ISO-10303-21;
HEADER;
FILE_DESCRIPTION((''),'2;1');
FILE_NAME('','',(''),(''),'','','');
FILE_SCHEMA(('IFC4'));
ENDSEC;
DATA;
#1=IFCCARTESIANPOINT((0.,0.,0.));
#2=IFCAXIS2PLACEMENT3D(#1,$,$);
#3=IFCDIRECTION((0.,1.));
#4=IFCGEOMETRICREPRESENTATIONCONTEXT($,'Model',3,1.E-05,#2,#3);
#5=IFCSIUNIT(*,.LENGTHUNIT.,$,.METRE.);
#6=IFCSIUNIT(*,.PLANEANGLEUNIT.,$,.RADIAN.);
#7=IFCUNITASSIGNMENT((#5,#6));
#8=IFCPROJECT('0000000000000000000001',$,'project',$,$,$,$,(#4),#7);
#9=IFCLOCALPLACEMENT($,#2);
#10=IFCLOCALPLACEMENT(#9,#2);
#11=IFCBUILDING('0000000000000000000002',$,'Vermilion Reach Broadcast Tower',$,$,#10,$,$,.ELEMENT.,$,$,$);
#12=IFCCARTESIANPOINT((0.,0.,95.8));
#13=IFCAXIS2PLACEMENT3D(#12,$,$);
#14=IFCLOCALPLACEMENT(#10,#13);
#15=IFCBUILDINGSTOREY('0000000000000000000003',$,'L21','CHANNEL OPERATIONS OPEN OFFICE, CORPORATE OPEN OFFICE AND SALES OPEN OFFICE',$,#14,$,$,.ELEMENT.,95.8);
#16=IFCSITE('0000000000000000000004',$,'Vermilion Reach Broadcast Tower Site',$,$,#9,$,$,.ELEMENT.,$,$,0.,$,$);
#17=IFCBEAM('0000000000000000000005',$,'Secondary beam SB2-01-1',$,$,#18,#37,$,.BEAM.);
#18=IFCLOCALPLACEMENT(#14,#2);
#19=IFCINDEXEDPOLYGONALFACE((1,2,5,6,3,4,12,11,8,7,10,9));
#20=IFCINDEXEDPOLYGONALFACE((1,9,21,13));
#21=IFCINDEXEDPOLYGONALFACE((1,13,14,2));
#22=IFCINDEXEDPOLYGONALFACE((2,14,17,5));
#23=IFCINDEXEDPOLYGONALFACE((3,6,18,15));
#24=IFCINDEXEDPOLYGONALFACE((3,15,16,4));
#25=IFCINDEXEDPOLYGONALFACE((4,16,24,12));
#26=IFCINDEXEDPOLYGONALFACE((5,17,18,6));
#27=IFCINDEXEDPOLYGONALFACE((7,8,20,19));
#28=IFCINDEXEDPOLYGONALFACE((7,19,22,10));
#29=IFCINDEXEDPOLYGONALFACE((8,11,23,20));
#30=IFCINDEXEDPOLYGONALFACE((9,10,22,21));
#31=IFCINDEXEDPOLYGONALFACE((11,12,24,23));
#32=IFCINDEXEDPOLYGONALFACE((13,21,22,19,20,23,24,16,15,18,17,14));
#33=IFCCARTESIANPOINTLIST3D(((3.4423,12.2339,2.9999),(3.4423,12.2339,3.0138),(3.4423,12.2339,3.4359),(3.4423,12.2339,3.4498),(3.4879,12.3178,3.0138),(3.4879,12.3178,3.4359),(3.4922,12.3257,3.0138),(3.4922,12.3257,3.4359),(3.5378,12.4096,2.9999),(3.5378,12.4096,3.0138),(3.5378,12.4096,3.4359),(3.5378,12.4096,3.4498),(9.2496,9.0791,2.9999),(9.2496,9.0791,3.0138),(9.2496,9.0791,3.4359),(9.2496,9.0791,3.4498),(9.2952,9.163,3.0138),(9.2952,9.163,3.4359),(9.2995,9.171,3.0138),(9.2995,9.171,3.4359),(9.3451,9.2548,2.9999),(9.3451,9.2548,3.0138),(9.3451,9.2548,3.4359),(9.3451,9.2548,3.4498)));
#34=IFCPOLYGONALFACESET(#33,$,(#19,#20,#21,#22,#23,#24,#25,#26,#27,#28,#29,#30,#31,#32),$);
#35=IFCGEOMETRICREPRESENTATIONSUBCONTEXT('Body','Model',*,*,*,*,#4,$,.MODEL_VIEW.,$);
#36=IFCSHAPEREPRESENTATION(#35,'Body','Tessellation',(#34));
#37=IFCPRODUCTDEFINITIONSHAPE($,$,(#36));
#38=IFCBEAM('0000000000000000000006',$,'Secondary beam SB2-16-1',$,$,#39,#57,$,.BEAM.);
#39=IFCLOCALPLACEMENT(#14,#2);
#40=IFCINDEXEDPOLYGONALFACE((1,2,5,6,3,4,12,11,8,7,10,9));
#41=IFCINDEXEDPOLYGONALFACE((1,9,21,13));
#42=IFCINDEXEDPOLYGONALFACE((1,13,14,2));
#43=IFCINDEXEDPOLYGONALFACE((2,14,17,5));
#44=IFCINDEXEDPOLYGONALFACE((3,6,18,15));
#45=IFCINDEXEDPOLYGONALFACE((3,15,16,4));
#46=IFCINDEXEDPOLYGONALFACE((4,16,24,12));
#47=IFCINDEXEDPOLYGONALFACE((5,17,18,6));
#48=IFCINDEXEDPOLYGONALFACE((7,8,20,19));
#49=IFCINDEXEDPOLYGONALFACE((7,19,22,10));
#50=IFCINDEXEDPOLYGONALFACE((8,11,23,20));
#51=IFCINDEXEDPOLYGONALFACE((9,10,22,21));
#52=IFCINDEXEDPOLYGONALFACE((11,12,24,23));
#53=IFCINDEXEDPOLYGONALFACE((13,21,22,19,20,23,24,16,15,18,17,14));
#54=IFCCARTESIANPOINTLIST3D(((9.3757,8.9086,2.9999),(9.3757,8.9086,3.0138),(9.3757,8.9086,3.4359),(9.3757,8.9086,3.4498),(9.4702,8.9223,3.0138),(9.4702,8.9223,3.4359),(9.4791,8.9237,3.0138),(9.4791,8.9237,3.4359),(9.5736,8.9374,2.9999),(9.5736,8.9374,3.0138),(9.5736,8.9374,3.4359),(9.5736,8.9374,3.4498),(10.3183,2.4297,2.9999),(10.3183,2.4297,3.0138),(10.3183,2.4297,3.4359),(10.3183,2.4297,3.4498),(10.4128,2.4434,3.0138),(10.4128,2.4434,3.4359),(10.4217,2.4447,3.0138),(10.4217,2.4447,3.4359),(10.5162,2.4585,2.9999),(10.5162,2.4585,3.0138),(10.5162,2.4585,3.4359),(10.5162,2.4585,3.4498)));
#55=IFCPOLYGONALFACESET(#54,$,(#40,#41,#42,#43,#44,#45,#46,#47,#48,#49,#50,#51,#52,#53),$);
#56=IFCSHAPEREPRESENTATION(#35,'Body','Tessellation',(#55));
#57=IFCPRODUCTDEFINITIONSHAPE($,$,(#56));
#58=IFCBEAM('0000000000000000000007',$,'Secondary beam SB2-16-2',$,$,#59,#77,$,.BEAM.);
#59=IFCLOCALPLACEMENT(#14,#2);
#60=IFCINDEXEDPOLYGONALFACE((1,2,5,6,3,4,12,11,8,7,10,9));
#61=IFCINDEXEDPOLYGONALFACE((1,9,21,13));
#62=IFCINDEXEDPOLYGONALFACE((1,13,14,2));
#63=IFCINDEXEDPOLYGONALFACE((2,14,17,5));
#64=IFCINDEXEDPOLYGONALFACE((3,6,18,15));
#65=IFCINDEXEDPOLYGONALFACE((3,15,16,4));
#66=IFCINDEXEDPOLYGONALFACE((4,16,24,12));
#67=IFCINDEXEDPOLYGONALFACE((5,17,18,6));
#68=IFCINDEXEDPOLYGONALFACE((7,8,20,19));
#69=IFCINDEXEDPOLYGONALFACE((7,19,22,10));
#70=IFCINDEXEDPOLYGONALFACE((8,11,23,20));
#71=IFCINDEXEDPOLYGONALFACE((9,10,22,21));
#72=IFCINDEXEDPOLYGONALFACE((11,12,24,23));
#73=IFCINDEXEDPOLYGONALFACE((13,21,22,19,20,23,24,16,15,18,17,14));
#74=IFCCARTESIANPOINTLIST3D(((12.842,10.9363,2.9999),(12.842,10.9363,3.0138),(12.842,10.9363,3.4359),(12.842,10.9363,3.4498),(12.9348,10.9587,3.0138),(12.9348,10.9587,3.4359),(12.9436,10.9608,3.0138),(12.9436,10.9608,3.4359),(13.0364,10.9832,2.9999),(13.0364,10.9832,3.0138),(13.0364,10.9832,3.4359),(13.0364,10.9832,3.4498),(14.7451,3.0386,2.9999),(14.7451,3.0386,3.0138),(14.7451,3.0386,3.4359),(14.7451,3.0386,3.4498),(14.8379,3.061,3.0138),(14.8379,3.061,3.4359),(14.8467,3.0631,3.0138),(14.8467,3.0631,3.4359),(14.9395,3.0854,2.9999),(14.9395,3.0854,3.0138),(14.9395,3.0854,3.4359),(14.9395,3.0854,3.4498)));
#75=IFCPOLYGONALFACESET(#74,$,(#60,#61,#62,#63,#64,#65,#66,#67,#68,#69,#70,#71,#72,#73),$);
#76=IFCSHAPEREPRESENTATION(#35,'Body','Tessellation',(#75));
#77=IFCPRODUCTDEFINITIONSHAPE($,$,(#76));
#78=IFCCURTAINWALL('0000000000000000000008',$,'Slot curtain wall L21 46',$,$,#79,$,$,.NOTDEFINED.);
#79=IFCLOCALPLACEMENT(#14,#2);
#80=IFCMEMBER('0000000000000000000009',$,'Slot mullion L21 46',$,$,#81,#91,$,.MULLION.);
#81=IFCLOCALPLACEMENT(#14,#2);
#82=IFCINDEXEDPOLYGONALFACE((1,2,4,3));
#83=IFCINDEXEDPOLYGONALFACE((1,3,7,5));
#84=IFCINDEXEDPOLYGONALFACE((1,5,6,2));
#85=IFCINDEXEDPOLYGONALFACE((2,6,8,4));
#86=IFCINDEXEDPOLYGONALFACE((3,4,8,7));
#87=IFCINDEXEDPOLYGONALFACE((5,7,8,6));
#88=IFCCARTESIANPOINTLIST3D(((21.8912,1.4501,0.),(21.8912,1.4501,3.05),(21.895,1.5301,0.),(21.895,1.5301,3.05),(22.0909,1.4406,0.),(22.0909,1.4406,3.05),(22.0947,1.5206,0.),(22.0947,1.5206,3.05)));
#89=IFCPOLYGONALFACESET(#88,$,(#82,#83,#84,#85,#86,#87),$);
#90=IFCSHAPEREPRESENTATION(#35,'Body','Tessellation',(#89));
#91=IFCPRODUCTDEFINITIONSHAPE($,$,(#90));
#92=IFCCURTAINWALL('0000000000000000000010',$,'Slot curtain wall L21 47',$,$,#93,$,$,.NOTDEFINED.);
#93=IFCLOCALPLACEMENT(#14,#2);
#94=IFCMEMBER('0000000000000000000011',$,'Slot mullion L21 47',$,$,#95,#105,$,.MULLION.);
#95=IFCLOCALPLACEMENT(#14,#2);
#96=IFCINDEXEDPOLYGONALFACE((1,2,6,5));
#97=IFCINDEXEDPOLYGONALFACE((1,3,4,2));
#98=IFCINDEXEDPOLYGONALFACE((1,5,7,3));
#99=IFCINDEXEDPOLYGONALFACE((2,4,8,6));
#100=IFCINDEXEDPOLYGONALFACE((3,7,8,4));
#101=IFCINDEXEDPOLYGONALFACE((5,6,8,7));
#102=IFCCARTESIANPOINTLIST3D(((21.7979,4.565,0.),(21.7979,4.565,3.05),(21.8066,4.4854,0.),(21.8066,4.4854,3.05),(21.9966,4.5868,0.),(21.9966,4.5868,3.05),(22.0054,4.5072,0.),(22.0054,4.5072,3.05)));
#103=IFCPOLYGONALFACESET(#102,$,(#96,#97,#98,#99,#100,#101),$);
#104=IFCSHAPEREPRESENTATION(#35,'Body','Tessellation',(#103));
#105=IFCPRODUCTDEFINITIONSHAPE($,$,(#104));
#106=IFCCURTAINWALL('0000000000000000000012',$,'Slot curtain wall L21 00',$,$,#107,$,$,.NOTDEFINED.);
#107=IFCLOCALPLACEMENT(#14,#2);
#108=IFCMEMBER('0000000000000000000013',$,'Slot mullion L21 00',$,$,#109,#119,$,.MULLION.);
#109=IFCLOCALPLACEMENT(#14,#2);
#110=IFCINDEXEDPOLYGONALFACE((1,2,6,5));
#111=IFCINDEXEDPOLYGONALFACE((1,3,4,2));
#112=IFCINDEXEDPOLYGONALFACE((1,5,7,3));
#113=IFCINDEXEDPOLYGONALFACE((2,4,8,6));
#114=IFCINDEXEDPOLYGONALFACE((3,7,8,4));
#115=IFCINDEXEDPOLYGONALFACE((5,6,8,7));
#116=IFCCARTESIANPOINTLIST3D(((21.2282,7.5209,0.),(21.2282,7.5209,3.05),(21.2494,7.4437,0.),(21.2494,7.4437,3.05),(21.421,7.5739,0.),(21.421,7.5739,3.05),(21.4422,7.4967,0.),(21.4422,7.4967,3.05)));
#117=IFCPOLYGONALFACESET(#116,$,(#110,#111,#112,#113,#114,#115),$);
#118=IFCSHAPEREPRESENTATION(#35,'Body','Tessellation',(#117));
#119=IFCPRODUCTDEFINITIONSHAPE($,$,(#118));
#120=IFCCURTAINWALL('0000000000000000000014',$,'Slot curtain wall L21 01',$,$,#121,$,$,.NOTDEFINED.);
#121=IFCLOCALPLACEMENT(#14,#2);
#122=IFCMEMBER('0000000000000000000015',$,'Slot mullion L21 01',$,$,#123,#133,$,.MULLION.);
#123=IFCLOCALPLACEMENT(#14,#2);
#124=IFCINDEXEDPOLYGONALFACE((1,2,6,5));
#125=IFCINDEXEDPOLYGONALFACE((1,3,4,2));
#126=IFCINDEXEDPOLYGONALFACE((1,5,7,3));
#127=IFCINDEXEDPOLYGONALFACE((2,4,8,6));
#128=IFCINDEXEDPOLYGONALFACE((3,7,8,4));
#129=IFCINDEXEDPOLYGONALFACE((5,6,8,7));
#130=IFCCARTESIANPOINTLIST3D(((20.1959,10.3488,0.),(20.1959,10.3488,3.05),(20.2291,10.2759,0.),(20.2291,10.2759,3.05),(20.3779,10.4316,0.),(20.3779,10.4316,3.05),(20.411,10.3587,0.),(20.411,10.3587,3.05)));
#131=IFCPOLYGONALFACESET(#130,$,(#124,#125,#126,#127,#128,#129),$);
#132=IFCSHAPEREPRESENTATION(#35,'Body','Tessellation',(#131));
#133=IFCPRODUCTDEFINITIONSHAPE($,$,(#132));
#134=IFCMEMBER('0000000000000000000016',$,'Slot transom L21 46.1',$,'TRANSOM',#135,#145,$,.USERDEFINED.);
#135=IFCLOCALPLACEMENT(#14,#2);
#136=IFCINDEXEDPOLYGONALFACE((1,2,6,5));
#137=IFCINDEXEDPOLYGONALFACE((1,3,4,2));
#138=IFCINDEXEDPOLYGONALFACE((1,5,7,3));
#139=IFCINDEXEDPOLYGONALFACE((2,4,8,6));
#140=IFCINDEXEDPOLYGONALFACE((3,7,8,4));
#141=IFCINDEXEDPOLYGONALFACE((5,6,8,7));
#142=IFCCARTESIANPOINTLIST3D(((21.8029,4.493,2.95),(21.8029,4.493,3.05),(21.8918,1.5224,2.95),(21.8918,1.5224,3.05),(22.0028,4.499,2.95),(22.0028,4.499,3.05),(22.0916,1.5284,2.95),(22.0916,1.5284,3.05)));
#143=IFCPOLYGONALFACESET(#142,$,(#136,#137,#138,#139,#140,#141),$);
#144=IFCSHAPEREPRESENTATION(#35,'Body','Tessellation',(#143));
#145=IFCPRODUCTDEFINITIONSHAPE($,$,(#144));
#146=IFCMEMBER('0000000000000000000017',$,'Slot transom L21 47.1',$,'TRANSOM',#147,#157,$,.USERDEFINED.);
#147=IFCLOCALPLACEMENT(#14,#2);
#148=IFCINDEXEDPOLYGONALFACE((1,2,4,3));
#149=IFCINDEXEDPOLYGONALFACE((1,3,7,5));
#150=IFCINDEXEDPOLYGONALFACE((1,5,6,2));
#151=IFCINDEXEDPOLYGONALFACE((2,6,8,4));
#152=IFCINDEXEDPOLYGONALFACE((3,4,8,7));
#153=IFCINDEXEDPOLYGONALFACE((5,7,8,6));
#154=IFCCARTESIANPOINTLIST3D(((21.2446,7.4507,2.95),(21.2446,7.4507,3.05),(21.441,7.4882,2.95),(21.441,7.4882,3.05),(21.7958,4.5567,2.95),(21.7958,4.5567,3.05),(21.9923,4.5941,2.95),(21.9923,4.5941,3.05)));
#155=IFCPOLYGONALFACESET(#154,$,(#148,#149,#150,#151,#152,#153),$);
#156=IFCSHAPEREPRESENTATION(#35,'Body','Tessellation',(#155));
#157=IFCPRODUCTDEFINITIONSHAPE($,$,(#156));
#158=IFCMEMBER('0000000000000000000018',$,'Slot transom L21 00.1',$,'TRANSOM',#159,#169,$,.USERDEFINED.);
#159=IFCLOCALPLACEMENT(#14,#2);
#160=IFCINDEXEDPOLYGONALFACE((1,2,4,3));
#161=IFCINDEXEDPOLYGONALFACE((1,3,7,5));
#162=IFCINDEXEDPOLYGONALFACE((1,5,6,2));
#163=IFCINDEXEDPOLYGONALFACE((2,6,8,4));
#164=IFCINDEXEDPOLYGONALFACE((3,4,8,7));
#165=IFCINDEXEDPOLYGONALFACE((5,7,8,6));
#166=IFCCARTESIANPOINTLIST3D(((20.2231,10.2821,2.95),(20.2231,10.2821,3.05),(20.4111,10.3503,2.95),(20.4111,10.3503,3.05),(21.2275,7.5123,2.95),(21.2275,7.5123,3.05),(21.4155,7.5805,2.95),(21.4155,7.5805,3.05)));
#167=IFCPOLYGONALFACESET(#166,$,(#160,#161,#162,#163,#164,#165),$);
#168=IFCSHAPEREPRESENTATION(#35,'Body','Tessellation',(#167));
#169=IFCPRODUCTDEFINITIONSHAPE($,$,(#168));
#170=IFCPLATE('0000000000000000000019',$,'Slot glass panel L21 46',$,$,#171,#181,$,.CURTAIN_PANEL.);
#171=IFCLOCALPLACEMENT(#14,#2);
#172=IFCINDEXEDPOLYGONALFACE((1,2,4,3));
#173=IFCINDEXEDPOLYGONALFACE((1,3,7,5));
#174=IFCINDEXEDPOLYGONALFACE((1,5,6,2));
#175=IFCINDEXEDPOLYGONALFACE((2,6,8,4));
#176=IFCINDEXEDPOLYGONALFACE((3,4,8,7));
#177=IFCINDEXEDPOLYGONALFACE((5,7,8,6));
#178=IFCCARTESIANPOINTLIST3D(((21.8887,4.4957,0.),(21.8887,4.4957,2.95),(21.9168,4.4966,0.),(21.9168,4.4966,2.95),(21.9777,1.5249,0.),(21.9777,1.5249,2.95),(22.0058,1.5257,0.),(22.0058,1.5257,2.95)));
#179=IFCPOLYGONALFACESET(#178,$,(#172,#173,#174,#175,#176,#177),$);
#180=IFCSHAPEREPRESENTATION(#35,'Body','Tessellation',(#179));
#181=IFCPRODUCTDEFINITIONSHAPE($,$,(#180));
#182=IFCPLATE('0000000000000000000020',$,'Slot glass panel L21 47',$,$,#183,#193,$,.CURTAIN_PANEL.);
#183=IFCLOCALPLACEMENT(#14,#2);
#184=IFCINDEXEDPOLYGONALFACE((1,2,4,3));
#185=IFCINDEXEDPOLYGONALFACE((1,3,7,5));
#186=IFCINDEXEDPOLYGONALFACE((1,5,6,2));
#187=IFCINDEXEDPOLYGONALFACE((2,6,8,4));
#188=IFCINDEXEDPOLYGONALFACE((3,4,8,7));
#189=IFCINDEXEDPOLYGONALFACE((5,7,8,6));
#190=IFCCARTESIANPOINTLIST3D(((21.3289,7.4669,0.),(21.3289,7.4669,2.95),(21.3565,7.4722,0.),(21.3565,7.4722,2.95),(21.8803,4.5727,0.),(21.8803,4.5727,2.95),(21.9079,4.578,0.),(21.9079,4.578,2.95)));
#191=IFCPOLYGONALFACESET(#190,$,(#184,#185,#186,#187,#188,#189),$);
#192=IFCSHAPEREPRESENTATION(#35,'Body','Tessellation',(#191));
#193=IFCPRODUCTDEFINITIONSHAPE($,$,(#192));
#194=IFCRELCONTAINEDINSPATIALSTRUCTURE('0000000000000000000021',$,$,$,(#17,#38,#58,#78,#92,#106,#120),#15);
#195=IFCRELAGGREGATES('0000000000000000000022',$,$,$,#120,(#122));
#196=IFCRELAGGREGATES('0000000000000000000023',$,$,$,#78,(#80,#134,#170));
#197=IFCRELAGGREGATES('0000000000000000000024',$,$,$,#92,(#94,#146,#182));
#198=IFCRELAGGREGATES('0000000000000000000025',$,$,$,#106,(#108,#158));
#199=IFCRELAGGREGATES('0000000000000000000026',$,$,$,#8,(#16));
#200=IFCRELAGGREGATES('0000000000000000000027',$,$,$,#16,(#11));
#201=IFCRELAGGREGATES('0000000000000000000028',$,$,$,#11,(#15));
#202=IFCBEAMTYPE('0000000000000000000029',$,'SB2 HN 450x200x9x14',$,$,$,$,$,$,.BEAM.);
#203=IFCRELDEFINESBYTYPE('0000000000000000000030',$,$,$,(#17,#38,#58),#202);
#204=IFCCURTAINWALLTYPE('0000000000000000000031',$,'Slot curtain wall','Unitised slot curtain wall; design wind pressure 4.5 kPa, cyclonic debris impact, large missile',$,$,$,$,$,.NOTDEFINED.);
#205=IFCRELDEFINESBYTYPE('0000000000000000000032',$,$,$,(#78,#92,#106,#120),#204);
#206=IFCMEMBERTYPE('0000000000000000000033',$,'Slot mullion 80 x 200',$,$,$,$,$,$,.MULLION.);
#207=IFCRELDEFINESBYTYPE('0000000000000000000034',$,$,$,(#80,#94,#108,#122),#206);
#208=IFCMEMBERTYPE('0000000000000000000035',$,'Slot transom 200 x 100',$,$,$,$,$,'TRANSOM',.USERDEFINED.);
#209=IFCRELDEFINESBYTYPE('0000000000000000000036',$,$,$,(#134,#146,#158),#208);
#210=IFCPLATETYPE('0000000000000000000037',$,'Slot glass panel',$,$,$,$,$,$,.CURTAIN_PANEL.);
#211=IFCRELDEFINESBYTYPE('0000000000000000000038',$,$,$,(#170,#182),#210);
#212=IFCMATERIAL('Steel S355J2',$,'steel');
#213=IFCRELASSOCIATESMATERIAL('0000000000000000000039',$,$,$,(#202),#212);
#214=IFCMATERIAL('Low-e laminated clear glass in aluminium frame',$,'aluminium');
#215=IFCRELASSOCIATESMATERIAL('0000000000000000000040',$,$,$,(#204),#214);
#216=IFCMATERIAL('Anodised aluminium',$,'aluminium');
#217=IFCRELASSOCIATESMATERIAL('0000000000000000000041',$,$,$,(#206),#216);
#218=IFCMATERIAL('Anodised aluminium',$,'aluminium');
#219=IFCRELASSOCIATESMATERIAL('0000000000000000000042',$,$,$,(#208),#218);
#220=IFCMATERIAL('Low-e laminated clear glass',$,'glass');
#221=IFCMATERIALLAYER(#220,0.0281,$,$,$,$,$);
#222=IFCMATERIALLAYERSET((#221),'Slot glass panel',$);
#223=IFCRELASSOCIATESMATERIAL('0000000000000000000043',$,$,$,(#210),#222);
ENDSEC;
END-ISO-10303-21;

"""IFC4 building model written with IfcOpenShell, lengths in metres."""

from ifc_helpers import new_model, si_unit, direction, frame, origin, origin_2d, place, context, subcontext, project, spatial, rectangle, i_section, extrude, material, layer, layer_set, material_profile, profile_set, type_object, element, aggregate, save


model = new_model("IFC4")

# Units and contexts
model_context = context("Model", 3, precision=1e-05, world=origin(), true_north=direction((0.0, 1.0)))
body_context = subcontext(model_context, "Body", "Model", "MODEL_VIEW")
ifc_project = project(units=[si_unit("LENGTHUNIT", "METRE"), si_unit("PLANEANGLEUNIT", "RADIAN")], contexts=[model_context])

# Site, building, storey
site_placement = place(None, origin())
site = spatial("IfcSite", under=ifc_project, at=site_placement, Name="Vermilion Reach Broadcast Tower Site", CompositionType="ELEMENT", RefElevation=0.0)
building_placement = place(site_placement, origin())
building = spatial("IfcBuilding", under=site, at=building_placement, Name="Vermilion Reach Broadcast Tower", CompositionType="ELEMENT")
storey_placement = place(building_placement, frame((0.0, 0.0, 95.8)))
storey = spatial("IfcBuildingStorey", under=building, at=storey_placement, Name="L21", Description="CHANNEL OPERATIONS OPEN OFFICE, CORPORATE OPEN OFFICE AND SALES OPEN OFFICE", CompositionType="ELEMENT", Elevation=95.8)

# Beams
ifc_material_1 = material(Name="Steel S355J2", Category="steel")
ifc_material_profile_1 = material_profile(ifc_material_1, i_section(OverallWidth=0.2, OverallDepth=0.45, WebThickness=0.009, FlangeThickness=0.0139, at=origin_2d()), Name="S355J2 HN 450x200x9x14")
ifc_profile_set_1 = profile_set([ifc_material_profile_1], Name="Steel S355J2")
beam_type_1 = type_object("IfcBeamType", Name="SB2 HN 450x200x9x14", PredefinedType="BEAM", material=ifc_profile_set_1)
beam_1_placement = place(storey_placement, frame((9.2974, 9.167, 3.2249), z_axis=(-0.878713, 0.47735, 0.0), x_axis=(-0.47735, -0.878713, 0.0)))
element("IfcBeam", 1, at=beam_1_placement, inside=storey, type_object=beam_type_1, Name="Secondary beam SB2-01-1", PredefinedType="BEAM", context=body_context, shape_type="SweptSolid", body=[
    extrude(i_section(OverallWidth=0.2, OverallDepth=0.45, WebThickness=0.009, FlangeThickness=0.0139, at=origin_2d()), origin(), (0.0, 0.0, 1.0), 6.6089),
])
beam_2_placement = place(storey_placement, frame((10.4172, 2.4441, 3.2249), z_axis=(-0.143974, 0.989582, 0.0), x_axis=(-0.989582, -0.143974, 0.0)))
element("IfcBeam", 2, at=beam_2_placement, inside=storey, type_object=beam_type_1, Name="Secondary beam SB2-16-1", PredefinedType="BEAM", context=body_context, shape_type="SweptSolid", body=[
    extrude(i_section(OverallWidth=0.2, OverallDepth=0.45, WebThickness=0.009, FlangeThickness=0.0139, at=origin_2d()), origin(), (0.0, 0.0, 1.0), 6.5471),
])
beam_3_placement = place(storey_placement, frame((14.8423, 3.062, 3.2249), z_axis=(-0.234261, 0.972174, 0.0), x_axis=(-0.972174, -0.234261, 0.0)))
element("IfcBeam", 3, at=beam_3_placement, inside=storey, type_object=beam_type_1, Name="Secondary beam SB2-16-2", PredefinedType="BEAM", context=body_context, shape_type="SweptSolid", body=[
    extrude(i_section(OverallWidth=0.2, OverallDepth=0.45, WebThickness=0.009, FlangeThickness=0.0139, at=origin_2d()), origin(), (0.0, 0.0, 1.0), 8.1238),
])

# Curtain walls, members
ifc_material_2 = material(Name="Low-e laminated clear glass in aluminium frame", Category="aluminium")
curtain_wall_type = type_object("IfcCurtainWallType", Name="Slot curtain wall", Description="Unitised slot curtain wall; design wind pressure 4.5 kPa, cyclonic debris impact, large missile", PredefinedType="NOTDEFINED", material=ifc_material_2)
placement = place(storey_placement, origin())
curtain_wall_1 = element("IfcCurtainWall", 4, at=placement, inside=storey, type_object=curtain_wall_type, Name="Slot curtain wall L21 46", PredefinedType="NOTDEFINED")
ifc_material_3 = material(Name="Anodised aluminium", Category="aluminium")
ifc_material_profile_2 = material_profile(ifc_material_3, rectangle(XDim=0.2, YDim=0.0801, at=origin_2d()), Name="Slot mullion 80 x 200")
ifc_profile_set_2 = profile_set([ifc_material_profile_2], Name="Anodised aluminium")
member_type_1 = type_object("IfcMemberType", Name="Slot mullion 80 x 200", PredefinedType="MULLION", material=ifc_profile_set_2)
member_1_placement = place(storey_placement, frame((21.9929, 1.4854, 0.0), z_axis=(0.0, 0.0, 1.0), x_axis=(-0.998879, 0.047341, 0.0)))
member_1 = element("IfcMember", 5, at=member_1_placement, type_object=member_type_1, Name="Slot mullion L21 46", PredefinedType="MULLION", context=body_context, shape_type="SweptSolid", body=[
    extrude(rectangle(XDim=0.2, YDim=0.0801, at=origin_2d()), origin(), (0.0, 0.0, 1.0), 3.05),
])
curtain_wall_2 = element("IfcCurtainWall", 6, at=placement, inside=storey, type_object=curtain_wall_type, Name="Slot curtain wall L21 47", PredefinedType="NOTDEFINED")
member_2_placement = place(storey_placement, frame((21.9016, 4.5361, 0.0), z_axis=(0.0, 0.0, 1.0), x_axis=(-0.994054, -0.108886, 0.0)))
member_2 = element("IfcMember", 7, at=member_2_placement, type_object=member_type_1, Name="Slot mullion L21 47", PredefinedType="MULLION", context=body_context, shape_type="SweptSolid", body=[
    extrude(rectangle(XDim=0.2, YDim=0.0801, at=origin_2d()), origin(), (0.0, 0.0, 1.0), 3.05),
])
curtain_wall_3 = element("IfcCurtainWall", 8, at=placement, inside=storey, type_object=curtain_wall_type, Name="Slot curtain wall L21 00", PredefinedType="NOTDEFINED")
member_3_placement = place(storey_placement, frame((21.3352, 7.5088, 0.0), z_axis=(0.0, 0.0, 1.0), x_axis=(-0.964281, -0.264883, 0.0)))
member_3 = element("IfcMember", 9, at=member_3_placement, type_object=member_type_1, Name="Slot mullion L21 00", PredefinedType="MULLION", context=body_context, shape_type="SweptSolid", body=[
    extrude(rectangle(XDim=0.2, YDim=0.0801, at=origin_2d()), origin(), (0.0, 0.0, 1.0), 3.05),
])
curtain_wall_4 = element("IfcCurtainWall", 10, at=placement, inside=storey, type_object=curtain_wall_type, Name="Slot curtain wall L21 01", PredefinedType="NOTDEFINED")
member_4_placement = place(storey_placement, frame((20.3035, 10.3538, 0.0), z_axis=(0.0, 0.0, 1.0), x_axis=(-0.910186, -0.414199, 0.0)))
member_4 = element("IfcMember", 11, at=member_4_placement, type_object=member_type_1, Name="Slot mullion L21 01", PredefinedType="MULLION", context=body_context, shape_type="SweptSolid", body=[
    extrude(rectangle(XDim=0.2, YDim=0.0801, at=origin_2d()), origin(), (0.0, 0.0, 1.0), 3.05),
])
aggregate(curtain_wall_4, [member_4])

# Members
ifc_material_4 = material(Name="Anodised aluminium", Category="aluminium")
ifc_material_profile_3 = material_profile(ifc_material_4, rectangle(XDim=0.2, YDim=0.1001, at=origin_2d()), Name="Slot transom 200 x 100")
ifc_profile_set_3 = profile_set([ifc_material_profile_3], Name="Anodised aluminium")
member_type_2 = type_object("IfcMemberType", Name="Slot transom 200 x 100", ElementType="TRANSOM", PredefinedType="USERDEFINED", material=ifc_profile_set_3)
member_5_placement = place(storey_placement, frame((21.9917, 1.5254, 3.0), z_axis=(-0.029901, 0.999553, 0.0), x_axis=(-0.999553, -0.029901, 0.0)))
member_5 = element("IfcMember", 12, at=member_5_placement, type_object=member_type_2, Name="Slot transom L21 46.1", ObjectType="TRANSOM", PredefinedType="USERDEFINED", context=body_context, shape_type="SweptSolid", body=[
    extrude(rectangle(XDim=0.2, YDim=0.1001, at=origin_2d()), origin(), (0.0, 0.0, 1.0), 2.9719),
])
member_6_placement = place(storey_placement, frame((21.894, 4.5754, 3.0), z_axis=(-0.18712, 0.982337, 0.0), x_axis=(-0.982337, -0.18712, 0.0)))
member_6 = element("IfcMember", 13, at=member_6_placement, type_object=member_type_2, Name="Slot transom L21 47.1", ObjectType="TRANSOM", PredefinedType="USERDEFINED", context=body_context, shape_type="SweptSolid", body=[
    extrude(rectangle(XDim=0.2, YDim=0.1001, at=origin_2d()), origin(), (0.0, 0.0, 1.0), 2.946),
])
member_7_placement = place(storey_placement, frame((21.3215, 7.5464, 3.0), z_axis=(-0.340905, 0.940098, 0.0), x_axis=(-0.940098, -0.340905, 0.0)))
member_7 = element("IfcMember", 14, at=member_7_placement, type_object=member_type_2, Name="Slot transom L21 00.1", ObjectType="TRANSOM", PredefinedType="USERDEFINED", context=body_context, shape_type="SweptSolid", body=[
    extrude(rectangle(XDim=0.2, YDim=0.1001, at=origin_2d()), origin(), (0.0, 0.0, 1.0), 2.9463),
])

# Plates
ifc_material_5 = material(Name="Low-e laminated clear glass", Category="glass")
ifc_layer_1 = layer(ifc_material_5, 0.0281)
ifc_layer_set_1 = layer_set([ifc_layer_1], Name="Slot glass panel")
plate_type = type_object("IfcPlateType", Name="Slot glass panel", PredefinedType="CURTAIN_PANEL", material=ifc_layer_set_1)
plate_1_placement = place(storey_placement, frame((21.9473, 3.0107, 0.0), z_axis=(0.0, 0.0, 1.0), x_axis=(-0.029936, 0.999552, 0.0)))
plate_1 = element("IfcPlate", 15, at=plate_1_placement, type_object=plate_type, Name="Slot glass panel L21 46", PredefinedType="CURTAIN_PANEL", context=body_context, shape_type="SweptSolid", body=[
    extrude(rectangle(XDim=2.9722, YDim=0.0281, at=origin_2d()), origin(), (0.0, 0.0, 1.0), 2.95),
])
aggregate(curtain_wall_1, [member_1, member_5, plate_1])
plate_2_placement = place(storey_placement, frame((21.6184, 6.0225, 0.0), z_axis=(0.0, 0.0, 1.0), x_axis=(-0.187155, 0.98233, 0.0)))
plate_2 = element("IfcPlate", 16, at=plate_2_placement, type_object=plate_type, Name="Slot glass panel L21 47", PredefinedType="CURTAIN_PANEL", context=body_context, shape_type="SweptSolid", body=[
    extrude(rectangle(XDim=2.9463, YDim=0.0281, at=origin_2d()), origin(), (0.0, 0.0, 1.0), 2.95),
])
aggregate(curtain_wall_2, [member_2, member_6, plate_2])
aggregate(curtain_wall_3, [member_3, member_7])

save(model, "model.ifc")
